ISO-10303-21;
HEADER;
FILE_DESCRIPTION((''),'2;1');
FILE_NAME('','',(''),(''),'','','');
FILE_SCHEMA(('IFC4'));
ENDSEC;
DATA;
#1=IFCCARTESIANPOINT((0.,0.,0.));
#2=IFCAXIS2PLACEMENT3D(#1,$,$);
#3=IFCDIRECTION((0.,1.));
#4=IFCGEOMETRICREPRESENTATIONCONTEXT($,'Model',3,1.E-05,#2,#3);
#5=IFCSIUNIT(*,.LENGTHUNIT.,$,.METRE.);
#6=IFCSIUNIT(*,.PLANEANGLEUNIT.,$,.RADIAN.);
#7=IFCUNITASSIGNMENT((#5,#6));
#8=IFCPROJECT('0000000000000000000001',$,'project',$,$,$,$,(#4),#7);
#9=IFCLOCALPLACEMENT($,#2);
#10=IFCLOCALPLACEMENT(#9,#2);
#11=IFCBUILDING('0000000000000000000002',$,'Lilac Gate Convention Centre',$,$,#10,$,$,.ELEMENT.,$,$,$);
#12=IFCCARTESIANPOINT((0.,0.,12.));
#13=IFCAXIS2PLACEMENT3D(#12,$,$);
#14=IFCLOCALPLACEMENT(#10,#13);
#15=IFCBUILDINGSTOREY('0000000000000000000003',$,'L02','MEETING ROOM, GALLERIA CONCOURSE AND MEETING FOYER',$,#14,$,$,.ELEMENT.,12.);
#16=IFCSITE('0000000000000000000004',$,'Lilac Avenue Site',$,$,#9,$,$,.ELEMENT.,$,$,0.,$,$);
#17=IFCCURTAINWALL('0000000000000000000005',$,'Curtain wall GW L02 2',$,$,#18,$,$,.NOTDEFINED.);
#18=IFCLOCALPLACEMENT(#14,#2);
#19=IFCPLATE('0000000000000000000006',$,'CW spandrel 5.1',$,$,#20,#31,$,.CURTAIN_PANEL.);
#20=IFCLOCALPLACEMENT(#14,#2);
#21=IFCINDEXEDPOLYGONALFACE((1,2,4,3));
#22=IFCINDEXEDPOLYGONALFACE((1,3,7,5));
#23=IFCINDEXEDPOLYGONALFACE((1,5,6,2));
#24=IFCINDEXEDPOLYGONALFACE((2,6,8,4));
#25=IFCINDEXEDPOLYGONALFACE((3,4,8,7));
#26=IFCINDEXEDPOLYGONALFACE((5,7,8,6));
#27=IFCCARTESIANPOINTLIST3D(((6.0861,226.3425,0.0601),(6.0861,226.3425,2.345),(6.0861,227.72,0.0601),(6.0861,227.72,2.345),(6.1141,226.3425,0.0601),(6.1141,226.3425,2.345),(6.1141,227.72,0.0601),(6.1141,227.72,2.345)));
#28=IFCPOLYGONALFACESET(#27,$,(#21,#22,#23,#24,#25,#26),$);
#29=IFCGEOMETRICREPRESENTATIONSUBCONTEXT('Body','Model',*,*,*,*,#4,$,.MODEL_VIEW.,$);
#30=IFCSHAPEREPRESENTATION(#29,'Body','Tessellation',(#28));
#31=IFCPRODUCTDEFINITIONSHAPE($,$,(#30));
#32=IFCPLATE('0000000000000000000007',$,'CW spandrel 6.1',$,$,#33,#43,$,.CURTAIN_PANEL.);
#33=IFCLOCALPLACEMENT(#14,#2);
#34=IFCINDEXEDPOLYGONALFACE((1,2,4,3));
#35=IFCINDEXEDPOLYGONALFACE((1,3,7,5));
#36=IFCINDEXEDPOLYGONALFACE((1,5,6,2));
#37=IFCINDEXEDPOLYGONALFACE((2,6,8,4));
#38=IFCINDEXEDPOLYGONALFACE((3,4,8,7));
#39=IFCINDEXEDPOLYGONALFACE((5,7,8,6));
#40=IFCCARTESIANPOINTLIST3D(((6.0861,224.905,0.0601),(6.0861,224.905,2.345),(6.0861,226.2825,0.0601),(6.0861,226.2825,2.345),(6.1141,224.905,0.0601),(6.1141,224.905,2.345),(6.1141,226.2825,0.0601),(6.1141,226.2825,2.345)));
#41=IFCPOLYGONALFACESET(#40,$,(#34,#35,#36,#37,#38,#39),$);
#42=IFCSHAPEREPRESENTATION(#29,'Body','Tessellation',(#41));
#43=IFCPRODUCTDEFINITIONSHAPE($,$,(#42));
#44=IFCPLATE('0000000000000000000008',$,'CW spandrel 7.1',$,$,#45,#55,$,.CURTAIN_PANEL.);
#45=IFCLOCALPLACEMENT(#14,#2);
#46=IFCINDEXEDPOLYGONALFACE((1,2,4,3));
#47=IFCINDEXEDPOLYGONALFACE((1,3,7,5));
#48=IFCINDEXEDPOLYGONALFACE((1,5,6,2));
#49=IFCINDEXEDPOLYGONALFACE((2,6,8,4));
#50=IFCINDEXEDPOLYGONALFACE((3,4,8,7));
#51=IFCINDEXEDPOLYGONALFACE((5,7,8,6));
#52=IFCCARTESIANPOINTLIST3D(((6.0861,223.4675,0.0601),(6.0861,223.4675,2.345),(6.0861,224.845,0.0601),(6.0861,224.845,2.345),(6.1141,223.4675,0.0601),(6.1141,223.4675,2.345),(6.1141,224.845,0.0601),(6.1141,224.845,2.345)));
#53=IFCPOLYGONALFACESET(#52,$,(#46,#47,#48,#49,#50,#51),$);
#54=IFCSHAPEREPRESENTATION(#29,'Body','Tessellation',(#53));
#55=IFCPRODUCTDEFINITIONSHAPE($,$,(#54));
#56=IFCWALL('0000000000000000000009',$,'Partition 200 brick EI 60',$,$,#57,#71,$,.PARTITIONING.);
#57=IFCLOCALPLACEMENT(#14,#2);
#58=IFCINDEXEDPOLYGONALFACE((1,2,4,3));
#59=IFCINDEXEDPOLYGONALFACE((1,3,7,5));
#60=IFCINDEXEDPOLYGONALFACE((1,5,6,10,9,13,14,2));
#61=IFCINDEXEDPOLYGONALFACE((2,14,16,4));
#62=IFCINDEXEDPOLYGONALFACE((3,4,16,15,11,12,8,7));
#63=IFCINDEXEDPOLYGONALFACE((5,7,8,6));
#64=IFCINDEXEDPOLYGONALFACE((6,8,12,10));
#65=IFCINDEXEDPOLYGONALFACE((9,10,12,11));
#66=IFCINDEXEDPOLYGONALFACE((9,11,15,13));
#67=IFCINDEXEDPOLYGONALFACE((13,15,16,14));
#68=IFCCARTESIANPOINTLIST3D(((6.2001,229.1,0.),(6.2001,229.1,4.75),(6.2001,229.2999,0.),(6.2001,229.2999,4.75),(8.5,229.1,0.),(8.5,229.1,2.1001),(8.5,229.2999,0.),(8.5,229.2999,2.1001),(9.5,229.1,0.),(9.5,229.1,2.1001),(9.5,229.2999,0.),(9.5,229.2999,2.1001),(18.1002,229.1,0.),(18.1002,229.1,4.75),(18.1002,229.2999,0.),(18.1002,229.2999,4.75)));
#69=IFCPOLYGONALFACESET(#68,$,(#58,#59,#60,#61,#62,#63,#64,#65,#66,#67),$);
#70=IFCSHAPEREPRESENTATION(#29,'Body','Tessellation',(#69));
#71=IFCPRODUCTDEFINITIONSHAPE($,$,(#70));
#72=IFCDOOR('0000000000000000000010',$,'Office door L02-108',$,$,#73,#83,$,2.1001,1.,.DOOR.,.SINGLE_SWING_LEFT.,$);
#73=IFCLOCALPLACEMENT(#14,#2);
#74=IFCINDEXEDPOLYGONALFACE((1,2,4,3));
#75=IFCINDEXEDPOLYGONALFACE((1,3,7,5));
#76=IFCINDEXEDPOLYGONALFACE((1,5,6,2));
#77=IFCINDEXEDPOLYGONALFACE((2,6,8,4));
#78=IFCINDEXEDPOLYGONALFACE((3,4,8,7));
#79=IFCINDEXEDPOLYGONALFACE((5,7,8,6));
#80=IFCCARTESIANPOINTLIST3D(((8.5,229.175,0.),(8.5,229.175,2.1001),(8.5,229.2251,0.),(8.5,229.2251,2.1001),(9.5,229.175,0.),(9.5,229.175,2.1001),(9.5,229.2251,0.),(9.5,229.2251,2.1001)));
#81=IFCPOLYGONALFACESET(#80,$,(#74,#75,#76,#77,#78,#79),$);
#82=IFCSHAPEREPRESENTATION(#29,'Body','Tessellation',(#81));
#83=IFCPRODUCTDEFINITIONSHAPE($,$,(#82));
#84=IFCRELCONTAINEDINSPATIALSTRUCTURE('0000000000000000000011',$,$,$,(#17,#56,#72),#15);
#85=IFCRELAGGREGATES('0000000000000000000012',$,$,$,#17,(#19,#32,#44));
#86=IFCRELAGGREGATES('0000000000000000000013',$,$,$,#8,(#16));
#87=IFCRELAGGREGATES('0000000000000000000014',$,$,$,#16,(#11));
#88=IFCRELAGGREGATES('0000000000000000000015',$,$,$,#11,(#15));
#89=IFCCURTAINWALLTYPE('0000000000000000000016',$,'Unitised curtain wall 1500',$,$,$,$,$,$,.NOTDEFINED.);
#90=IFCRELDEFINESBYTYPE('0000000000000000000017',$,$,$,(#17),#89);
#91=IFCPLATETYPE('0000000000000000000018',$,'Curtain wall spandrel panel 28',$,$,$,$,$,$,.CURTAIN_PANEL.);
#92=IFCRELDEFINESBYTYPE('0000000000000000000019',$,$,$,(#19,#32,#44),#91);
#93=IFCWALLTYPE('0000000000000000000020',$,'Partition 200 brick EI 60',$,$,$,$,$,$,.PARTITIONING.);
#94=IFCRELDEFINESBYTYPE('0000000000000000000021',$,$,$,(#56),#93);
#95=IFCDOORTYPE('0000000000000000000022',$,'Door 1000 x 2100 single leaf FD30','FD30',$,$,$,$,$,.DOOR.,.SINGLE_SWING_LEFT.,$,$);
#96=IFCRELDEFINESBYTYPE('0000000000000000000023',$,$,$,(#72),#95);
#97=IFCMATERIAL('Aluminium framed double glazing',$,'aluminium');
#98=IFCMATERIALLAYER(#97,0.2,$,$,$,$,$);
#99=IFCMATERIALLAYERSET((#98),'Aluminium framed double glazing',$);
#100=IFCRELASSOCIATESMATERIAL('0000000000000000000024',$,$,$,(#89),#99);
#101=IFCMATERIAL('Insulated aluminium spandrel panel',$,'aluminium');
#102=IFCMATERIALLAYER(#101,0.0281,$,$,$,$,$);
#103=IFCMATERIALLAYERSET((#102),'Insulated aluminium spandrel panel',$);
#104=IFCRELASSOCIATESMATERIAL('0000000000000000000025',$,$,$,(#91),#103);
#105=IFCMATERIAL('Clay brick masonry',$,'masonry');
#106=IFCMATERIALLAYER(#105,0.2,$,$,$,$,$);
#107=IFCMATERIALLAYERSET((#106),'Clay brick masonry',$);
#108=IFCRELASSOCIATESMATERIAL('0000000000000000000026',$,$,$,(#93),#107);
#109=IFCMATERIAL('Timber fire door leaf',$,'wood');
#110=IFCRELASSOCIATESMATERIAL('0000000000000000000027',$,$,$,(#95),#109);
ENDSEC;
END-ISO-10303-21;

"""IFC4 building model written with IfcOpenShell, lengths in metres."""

from ifc_helpers import new_model, si_unit, direction, frame, frame_2d, origin, origin_2d, place, context, subcontext, project, spatial, rectangle, extrude, material, layer, layer_set, type_object, element, fill, aggregate, save


model = new_model("IFC4")

# Units and contexts
model_context = context("Model", 3, precision=1e-05, world=origin(), true_north=direction((0.0, 1.0)))
body_context = subcontext(model_context, "Body", "Model", "MODEL_VIEW")
ifc_project = project(units=[si_unit("LENGTHUNIT", "METRE"), si_unit("PLANEANGLEUNIT", "RADIAN")], contexts=[model_context])

# Site, building, storey
site_placement = place(None, origin())
site = spatial("IfcSite", under=ifc_project, at=site_placement, Name="Lilac Avenue Site", CompositionType="ELEMENT", RefElevation=0.0)
building_placement = place(site_placement, origin())
building = spatial("IfcBuilding", under=site, at=building_placement, Name="Lilac Gate Convention Centre", CompositionType="ELEMENT")
storey_placement = place(building_placement, frame((0.0, 0.0, 12.0)))
storey = spatial("IfcBuildingStorey", under=building, at=storey_placement, Name="L02", Description="MEETING ROOM, GALLERIA CONCOURSE AND MEETING FOYER", CompositionType="ELEMENT", Elevation=12.0)

# Curtain wall
ifc_material_1 = material(Name="Aluminium framed double glazing", Category="aluminium")
ifc_layer_1 = layer(ifc_material_1, 0.2)
ifc_layer_set_1 = layer_set([ifc_layer_1], Name="Aluminium framed double glazing")
curtain_wall_type = type_object("IfcCurtainWallType", Name="Unitised curtain wall 1500", PredefinedType="NOTDEFINED", material=ifc_layer_set_1)
curtain_wall_placement = place(storey_placement, origin())
curtain_wall = element("IfcCurtainWall", 1, at=curtain_wall_placement, inside=storey, type_object=curtain_wall_type, Name="Curtain wall GW L02 2", PredefinedType="NOTDEFINED")

# Plates
ifc_material_2 = material(Name="Insulated aluminium spandrel panel", Category="aluminium")
ifc_layer_2 = layer(ifc_material_2, 0.0281)
ifc_layer_set_2 = layer_set([ifc_layer_2], Name="Insulated aluminium spandrel panel")
plate_type_1 = type_object("IfcPlateType", Name="Curtain wall spandrel panel 28", PredefinedType="CURTAIN_PANEL", material=ifc_layer_set_2)
plate_1_placement = place(storey_placement, frame((6.1001, 227.0312, 0.0601), z_axis=(0.0, 0.0, 1.0), x_axis=(0.0, -1.0, 0.0)))
plate_1 = element("IfcPlate", 2, at=plate_1_placement, type_object=plate_type_1, Name="CW spandrel 5.1", PredefinedType="CURTAIN_PANEL", context=body_context, shape_type="SweptSolid", body=[
    extrude(rectangle(XDim=1.3774, YDim=0.0281, at=origin_2d()), origin(), (0.0, 0.0, 1.0), 2.2849),
])
plate_2_placement = place(storey_placement, frame((6.1001, 225.5938, 0.0601), z_axis=(0.0, 0.0, 1.0), x_axis=(0.0, -1.0, 0.0)))
plate_2 = element("IfcPlate", 3, at=plate_2_placement, type_object=plate_type_1, Name="CW spandrel 6.1", PredefinedType="CURTAIN_PANEL", context=body_context, shape_type="SweptSolid", body=[
    extrude(rectangle(XDim=1.3774, YDim=0.0281, at=origin_2d()), origin(), (0.0, 0.0, 1.0), 2.2849),
])
plate_3_placement = place(storey_placement, frame((6.1001, 224.1562, 0.0601), z_axis=(0.0, 0.0, 1.0), x_axis=(0.0, -1.0, 0.0)))
plate_3 = element("IfcPlate", 4, at=plate_3_placement, type_object=plate_type_1, Name="CW spandrel 7.1", PredefinedType="CURTAIN_PANEL", context=body_context, shape_type="SweptSolid", body=[
    extrude(rectangle(XDim=1.3774, YDim=0.0281, at=origin_2d()), origin(), (0.0, 0.0, 1.0), 2.2849),
])
aggregate(curtain_wall, [plate_1, plate_2, plate_3])

# Wall, opening, door
ifc_material_3 = material(Name="Clay brick masonry", Category="masonry")
ifc_layer_3 = layer(ifc_material_3, 0.2)
ifc_layer_set_3 = layer_set([ifc_layer_3], Name="Clay brick masonry")
wall_type = type_object("IfcWallType", Name="Partition 200 brick EI 60", PredefinedType="PARTITIONING", material=ifc_layer_set_3)
wall_placement = place(storey_placement, frame((6.2, 229.2, 0.0), z_axis=(0.0, 0.0, 1.0), x_axis=(1.0, 0.0, 0.0)))
wall = element("IfcWall", 5, at=wall_placement, inside=storey, type_object=wall_type, Name="Partition 200 brick EI 60", PredefinedType="PARTITIONING", context=body_context, shape_type="SweptSolid", body=[
    extrude(rectangle(XDim=11.9001, YDim=0.2, at=frame_2d((5.9502, 0.0))), origin(), (0.0, 0.0, 1.0), 4.75),
])
opening_placement = place(wall_placement, frame((2.3, 0.0, 0.0)))
opening = element("IfcOpeningElement", 6, at=opening_placement, cuts=wall, PredefinedType="OPENING", context=body_context, shape_type="SweptSolid", body=[
    extrude(rectangle(XDim=1.0, YDim=2.1001, at=frame_2d((0.5, 1.05))), frame((0.0, 0.1099, 0.0), z_axis=(0.0, -1.0, 0.0), x_axis=(1.0, 0.0, 0.0)), (0.0, 0.0, 1.0), 0.22),
])
ifc_material_4 = material(Name="Timber fire door leaf", Category="wood")
door_type = type_object("IfcDoorType", Name="Door 1000 x 2100 single leaf FD30", Description="FD30", OperationType="SINGLE_SWING_LEFT", PredefinedType="DOOR", material=ifc_material_4)
door_placement = place(opening_placement, frame((1.0, 0.0, 0.0), z_axis=(0.0, 0.0, 1.0), x_axis=(-1.0, 0.0, 0.0)))
door = element("IfcDoor", 7, at=door_placement, inside=storey, type_object=door_type, Name="Office door L02-108", OperationType="SINGLE_SWING_LEFT", OverallHeight=2.1001, OverallWidth=1.0, PredefinedType="DOOR", context=body_context, shape_type="SweptSolid", body=[
    extrude(rectangle(XDim=1.0, YDim=2.1001, at=frame_2d((0.5, 1.05))), frame((0.0, 0.0249, 0.0), z_axis=(0.0, -1.0, 0.0), x_axis=(1.0, 0.0, 0.0)), (0.0, 0.0, 1.0), 0.05),
])
fill(opening, door)

save(model, "model.ifc")
